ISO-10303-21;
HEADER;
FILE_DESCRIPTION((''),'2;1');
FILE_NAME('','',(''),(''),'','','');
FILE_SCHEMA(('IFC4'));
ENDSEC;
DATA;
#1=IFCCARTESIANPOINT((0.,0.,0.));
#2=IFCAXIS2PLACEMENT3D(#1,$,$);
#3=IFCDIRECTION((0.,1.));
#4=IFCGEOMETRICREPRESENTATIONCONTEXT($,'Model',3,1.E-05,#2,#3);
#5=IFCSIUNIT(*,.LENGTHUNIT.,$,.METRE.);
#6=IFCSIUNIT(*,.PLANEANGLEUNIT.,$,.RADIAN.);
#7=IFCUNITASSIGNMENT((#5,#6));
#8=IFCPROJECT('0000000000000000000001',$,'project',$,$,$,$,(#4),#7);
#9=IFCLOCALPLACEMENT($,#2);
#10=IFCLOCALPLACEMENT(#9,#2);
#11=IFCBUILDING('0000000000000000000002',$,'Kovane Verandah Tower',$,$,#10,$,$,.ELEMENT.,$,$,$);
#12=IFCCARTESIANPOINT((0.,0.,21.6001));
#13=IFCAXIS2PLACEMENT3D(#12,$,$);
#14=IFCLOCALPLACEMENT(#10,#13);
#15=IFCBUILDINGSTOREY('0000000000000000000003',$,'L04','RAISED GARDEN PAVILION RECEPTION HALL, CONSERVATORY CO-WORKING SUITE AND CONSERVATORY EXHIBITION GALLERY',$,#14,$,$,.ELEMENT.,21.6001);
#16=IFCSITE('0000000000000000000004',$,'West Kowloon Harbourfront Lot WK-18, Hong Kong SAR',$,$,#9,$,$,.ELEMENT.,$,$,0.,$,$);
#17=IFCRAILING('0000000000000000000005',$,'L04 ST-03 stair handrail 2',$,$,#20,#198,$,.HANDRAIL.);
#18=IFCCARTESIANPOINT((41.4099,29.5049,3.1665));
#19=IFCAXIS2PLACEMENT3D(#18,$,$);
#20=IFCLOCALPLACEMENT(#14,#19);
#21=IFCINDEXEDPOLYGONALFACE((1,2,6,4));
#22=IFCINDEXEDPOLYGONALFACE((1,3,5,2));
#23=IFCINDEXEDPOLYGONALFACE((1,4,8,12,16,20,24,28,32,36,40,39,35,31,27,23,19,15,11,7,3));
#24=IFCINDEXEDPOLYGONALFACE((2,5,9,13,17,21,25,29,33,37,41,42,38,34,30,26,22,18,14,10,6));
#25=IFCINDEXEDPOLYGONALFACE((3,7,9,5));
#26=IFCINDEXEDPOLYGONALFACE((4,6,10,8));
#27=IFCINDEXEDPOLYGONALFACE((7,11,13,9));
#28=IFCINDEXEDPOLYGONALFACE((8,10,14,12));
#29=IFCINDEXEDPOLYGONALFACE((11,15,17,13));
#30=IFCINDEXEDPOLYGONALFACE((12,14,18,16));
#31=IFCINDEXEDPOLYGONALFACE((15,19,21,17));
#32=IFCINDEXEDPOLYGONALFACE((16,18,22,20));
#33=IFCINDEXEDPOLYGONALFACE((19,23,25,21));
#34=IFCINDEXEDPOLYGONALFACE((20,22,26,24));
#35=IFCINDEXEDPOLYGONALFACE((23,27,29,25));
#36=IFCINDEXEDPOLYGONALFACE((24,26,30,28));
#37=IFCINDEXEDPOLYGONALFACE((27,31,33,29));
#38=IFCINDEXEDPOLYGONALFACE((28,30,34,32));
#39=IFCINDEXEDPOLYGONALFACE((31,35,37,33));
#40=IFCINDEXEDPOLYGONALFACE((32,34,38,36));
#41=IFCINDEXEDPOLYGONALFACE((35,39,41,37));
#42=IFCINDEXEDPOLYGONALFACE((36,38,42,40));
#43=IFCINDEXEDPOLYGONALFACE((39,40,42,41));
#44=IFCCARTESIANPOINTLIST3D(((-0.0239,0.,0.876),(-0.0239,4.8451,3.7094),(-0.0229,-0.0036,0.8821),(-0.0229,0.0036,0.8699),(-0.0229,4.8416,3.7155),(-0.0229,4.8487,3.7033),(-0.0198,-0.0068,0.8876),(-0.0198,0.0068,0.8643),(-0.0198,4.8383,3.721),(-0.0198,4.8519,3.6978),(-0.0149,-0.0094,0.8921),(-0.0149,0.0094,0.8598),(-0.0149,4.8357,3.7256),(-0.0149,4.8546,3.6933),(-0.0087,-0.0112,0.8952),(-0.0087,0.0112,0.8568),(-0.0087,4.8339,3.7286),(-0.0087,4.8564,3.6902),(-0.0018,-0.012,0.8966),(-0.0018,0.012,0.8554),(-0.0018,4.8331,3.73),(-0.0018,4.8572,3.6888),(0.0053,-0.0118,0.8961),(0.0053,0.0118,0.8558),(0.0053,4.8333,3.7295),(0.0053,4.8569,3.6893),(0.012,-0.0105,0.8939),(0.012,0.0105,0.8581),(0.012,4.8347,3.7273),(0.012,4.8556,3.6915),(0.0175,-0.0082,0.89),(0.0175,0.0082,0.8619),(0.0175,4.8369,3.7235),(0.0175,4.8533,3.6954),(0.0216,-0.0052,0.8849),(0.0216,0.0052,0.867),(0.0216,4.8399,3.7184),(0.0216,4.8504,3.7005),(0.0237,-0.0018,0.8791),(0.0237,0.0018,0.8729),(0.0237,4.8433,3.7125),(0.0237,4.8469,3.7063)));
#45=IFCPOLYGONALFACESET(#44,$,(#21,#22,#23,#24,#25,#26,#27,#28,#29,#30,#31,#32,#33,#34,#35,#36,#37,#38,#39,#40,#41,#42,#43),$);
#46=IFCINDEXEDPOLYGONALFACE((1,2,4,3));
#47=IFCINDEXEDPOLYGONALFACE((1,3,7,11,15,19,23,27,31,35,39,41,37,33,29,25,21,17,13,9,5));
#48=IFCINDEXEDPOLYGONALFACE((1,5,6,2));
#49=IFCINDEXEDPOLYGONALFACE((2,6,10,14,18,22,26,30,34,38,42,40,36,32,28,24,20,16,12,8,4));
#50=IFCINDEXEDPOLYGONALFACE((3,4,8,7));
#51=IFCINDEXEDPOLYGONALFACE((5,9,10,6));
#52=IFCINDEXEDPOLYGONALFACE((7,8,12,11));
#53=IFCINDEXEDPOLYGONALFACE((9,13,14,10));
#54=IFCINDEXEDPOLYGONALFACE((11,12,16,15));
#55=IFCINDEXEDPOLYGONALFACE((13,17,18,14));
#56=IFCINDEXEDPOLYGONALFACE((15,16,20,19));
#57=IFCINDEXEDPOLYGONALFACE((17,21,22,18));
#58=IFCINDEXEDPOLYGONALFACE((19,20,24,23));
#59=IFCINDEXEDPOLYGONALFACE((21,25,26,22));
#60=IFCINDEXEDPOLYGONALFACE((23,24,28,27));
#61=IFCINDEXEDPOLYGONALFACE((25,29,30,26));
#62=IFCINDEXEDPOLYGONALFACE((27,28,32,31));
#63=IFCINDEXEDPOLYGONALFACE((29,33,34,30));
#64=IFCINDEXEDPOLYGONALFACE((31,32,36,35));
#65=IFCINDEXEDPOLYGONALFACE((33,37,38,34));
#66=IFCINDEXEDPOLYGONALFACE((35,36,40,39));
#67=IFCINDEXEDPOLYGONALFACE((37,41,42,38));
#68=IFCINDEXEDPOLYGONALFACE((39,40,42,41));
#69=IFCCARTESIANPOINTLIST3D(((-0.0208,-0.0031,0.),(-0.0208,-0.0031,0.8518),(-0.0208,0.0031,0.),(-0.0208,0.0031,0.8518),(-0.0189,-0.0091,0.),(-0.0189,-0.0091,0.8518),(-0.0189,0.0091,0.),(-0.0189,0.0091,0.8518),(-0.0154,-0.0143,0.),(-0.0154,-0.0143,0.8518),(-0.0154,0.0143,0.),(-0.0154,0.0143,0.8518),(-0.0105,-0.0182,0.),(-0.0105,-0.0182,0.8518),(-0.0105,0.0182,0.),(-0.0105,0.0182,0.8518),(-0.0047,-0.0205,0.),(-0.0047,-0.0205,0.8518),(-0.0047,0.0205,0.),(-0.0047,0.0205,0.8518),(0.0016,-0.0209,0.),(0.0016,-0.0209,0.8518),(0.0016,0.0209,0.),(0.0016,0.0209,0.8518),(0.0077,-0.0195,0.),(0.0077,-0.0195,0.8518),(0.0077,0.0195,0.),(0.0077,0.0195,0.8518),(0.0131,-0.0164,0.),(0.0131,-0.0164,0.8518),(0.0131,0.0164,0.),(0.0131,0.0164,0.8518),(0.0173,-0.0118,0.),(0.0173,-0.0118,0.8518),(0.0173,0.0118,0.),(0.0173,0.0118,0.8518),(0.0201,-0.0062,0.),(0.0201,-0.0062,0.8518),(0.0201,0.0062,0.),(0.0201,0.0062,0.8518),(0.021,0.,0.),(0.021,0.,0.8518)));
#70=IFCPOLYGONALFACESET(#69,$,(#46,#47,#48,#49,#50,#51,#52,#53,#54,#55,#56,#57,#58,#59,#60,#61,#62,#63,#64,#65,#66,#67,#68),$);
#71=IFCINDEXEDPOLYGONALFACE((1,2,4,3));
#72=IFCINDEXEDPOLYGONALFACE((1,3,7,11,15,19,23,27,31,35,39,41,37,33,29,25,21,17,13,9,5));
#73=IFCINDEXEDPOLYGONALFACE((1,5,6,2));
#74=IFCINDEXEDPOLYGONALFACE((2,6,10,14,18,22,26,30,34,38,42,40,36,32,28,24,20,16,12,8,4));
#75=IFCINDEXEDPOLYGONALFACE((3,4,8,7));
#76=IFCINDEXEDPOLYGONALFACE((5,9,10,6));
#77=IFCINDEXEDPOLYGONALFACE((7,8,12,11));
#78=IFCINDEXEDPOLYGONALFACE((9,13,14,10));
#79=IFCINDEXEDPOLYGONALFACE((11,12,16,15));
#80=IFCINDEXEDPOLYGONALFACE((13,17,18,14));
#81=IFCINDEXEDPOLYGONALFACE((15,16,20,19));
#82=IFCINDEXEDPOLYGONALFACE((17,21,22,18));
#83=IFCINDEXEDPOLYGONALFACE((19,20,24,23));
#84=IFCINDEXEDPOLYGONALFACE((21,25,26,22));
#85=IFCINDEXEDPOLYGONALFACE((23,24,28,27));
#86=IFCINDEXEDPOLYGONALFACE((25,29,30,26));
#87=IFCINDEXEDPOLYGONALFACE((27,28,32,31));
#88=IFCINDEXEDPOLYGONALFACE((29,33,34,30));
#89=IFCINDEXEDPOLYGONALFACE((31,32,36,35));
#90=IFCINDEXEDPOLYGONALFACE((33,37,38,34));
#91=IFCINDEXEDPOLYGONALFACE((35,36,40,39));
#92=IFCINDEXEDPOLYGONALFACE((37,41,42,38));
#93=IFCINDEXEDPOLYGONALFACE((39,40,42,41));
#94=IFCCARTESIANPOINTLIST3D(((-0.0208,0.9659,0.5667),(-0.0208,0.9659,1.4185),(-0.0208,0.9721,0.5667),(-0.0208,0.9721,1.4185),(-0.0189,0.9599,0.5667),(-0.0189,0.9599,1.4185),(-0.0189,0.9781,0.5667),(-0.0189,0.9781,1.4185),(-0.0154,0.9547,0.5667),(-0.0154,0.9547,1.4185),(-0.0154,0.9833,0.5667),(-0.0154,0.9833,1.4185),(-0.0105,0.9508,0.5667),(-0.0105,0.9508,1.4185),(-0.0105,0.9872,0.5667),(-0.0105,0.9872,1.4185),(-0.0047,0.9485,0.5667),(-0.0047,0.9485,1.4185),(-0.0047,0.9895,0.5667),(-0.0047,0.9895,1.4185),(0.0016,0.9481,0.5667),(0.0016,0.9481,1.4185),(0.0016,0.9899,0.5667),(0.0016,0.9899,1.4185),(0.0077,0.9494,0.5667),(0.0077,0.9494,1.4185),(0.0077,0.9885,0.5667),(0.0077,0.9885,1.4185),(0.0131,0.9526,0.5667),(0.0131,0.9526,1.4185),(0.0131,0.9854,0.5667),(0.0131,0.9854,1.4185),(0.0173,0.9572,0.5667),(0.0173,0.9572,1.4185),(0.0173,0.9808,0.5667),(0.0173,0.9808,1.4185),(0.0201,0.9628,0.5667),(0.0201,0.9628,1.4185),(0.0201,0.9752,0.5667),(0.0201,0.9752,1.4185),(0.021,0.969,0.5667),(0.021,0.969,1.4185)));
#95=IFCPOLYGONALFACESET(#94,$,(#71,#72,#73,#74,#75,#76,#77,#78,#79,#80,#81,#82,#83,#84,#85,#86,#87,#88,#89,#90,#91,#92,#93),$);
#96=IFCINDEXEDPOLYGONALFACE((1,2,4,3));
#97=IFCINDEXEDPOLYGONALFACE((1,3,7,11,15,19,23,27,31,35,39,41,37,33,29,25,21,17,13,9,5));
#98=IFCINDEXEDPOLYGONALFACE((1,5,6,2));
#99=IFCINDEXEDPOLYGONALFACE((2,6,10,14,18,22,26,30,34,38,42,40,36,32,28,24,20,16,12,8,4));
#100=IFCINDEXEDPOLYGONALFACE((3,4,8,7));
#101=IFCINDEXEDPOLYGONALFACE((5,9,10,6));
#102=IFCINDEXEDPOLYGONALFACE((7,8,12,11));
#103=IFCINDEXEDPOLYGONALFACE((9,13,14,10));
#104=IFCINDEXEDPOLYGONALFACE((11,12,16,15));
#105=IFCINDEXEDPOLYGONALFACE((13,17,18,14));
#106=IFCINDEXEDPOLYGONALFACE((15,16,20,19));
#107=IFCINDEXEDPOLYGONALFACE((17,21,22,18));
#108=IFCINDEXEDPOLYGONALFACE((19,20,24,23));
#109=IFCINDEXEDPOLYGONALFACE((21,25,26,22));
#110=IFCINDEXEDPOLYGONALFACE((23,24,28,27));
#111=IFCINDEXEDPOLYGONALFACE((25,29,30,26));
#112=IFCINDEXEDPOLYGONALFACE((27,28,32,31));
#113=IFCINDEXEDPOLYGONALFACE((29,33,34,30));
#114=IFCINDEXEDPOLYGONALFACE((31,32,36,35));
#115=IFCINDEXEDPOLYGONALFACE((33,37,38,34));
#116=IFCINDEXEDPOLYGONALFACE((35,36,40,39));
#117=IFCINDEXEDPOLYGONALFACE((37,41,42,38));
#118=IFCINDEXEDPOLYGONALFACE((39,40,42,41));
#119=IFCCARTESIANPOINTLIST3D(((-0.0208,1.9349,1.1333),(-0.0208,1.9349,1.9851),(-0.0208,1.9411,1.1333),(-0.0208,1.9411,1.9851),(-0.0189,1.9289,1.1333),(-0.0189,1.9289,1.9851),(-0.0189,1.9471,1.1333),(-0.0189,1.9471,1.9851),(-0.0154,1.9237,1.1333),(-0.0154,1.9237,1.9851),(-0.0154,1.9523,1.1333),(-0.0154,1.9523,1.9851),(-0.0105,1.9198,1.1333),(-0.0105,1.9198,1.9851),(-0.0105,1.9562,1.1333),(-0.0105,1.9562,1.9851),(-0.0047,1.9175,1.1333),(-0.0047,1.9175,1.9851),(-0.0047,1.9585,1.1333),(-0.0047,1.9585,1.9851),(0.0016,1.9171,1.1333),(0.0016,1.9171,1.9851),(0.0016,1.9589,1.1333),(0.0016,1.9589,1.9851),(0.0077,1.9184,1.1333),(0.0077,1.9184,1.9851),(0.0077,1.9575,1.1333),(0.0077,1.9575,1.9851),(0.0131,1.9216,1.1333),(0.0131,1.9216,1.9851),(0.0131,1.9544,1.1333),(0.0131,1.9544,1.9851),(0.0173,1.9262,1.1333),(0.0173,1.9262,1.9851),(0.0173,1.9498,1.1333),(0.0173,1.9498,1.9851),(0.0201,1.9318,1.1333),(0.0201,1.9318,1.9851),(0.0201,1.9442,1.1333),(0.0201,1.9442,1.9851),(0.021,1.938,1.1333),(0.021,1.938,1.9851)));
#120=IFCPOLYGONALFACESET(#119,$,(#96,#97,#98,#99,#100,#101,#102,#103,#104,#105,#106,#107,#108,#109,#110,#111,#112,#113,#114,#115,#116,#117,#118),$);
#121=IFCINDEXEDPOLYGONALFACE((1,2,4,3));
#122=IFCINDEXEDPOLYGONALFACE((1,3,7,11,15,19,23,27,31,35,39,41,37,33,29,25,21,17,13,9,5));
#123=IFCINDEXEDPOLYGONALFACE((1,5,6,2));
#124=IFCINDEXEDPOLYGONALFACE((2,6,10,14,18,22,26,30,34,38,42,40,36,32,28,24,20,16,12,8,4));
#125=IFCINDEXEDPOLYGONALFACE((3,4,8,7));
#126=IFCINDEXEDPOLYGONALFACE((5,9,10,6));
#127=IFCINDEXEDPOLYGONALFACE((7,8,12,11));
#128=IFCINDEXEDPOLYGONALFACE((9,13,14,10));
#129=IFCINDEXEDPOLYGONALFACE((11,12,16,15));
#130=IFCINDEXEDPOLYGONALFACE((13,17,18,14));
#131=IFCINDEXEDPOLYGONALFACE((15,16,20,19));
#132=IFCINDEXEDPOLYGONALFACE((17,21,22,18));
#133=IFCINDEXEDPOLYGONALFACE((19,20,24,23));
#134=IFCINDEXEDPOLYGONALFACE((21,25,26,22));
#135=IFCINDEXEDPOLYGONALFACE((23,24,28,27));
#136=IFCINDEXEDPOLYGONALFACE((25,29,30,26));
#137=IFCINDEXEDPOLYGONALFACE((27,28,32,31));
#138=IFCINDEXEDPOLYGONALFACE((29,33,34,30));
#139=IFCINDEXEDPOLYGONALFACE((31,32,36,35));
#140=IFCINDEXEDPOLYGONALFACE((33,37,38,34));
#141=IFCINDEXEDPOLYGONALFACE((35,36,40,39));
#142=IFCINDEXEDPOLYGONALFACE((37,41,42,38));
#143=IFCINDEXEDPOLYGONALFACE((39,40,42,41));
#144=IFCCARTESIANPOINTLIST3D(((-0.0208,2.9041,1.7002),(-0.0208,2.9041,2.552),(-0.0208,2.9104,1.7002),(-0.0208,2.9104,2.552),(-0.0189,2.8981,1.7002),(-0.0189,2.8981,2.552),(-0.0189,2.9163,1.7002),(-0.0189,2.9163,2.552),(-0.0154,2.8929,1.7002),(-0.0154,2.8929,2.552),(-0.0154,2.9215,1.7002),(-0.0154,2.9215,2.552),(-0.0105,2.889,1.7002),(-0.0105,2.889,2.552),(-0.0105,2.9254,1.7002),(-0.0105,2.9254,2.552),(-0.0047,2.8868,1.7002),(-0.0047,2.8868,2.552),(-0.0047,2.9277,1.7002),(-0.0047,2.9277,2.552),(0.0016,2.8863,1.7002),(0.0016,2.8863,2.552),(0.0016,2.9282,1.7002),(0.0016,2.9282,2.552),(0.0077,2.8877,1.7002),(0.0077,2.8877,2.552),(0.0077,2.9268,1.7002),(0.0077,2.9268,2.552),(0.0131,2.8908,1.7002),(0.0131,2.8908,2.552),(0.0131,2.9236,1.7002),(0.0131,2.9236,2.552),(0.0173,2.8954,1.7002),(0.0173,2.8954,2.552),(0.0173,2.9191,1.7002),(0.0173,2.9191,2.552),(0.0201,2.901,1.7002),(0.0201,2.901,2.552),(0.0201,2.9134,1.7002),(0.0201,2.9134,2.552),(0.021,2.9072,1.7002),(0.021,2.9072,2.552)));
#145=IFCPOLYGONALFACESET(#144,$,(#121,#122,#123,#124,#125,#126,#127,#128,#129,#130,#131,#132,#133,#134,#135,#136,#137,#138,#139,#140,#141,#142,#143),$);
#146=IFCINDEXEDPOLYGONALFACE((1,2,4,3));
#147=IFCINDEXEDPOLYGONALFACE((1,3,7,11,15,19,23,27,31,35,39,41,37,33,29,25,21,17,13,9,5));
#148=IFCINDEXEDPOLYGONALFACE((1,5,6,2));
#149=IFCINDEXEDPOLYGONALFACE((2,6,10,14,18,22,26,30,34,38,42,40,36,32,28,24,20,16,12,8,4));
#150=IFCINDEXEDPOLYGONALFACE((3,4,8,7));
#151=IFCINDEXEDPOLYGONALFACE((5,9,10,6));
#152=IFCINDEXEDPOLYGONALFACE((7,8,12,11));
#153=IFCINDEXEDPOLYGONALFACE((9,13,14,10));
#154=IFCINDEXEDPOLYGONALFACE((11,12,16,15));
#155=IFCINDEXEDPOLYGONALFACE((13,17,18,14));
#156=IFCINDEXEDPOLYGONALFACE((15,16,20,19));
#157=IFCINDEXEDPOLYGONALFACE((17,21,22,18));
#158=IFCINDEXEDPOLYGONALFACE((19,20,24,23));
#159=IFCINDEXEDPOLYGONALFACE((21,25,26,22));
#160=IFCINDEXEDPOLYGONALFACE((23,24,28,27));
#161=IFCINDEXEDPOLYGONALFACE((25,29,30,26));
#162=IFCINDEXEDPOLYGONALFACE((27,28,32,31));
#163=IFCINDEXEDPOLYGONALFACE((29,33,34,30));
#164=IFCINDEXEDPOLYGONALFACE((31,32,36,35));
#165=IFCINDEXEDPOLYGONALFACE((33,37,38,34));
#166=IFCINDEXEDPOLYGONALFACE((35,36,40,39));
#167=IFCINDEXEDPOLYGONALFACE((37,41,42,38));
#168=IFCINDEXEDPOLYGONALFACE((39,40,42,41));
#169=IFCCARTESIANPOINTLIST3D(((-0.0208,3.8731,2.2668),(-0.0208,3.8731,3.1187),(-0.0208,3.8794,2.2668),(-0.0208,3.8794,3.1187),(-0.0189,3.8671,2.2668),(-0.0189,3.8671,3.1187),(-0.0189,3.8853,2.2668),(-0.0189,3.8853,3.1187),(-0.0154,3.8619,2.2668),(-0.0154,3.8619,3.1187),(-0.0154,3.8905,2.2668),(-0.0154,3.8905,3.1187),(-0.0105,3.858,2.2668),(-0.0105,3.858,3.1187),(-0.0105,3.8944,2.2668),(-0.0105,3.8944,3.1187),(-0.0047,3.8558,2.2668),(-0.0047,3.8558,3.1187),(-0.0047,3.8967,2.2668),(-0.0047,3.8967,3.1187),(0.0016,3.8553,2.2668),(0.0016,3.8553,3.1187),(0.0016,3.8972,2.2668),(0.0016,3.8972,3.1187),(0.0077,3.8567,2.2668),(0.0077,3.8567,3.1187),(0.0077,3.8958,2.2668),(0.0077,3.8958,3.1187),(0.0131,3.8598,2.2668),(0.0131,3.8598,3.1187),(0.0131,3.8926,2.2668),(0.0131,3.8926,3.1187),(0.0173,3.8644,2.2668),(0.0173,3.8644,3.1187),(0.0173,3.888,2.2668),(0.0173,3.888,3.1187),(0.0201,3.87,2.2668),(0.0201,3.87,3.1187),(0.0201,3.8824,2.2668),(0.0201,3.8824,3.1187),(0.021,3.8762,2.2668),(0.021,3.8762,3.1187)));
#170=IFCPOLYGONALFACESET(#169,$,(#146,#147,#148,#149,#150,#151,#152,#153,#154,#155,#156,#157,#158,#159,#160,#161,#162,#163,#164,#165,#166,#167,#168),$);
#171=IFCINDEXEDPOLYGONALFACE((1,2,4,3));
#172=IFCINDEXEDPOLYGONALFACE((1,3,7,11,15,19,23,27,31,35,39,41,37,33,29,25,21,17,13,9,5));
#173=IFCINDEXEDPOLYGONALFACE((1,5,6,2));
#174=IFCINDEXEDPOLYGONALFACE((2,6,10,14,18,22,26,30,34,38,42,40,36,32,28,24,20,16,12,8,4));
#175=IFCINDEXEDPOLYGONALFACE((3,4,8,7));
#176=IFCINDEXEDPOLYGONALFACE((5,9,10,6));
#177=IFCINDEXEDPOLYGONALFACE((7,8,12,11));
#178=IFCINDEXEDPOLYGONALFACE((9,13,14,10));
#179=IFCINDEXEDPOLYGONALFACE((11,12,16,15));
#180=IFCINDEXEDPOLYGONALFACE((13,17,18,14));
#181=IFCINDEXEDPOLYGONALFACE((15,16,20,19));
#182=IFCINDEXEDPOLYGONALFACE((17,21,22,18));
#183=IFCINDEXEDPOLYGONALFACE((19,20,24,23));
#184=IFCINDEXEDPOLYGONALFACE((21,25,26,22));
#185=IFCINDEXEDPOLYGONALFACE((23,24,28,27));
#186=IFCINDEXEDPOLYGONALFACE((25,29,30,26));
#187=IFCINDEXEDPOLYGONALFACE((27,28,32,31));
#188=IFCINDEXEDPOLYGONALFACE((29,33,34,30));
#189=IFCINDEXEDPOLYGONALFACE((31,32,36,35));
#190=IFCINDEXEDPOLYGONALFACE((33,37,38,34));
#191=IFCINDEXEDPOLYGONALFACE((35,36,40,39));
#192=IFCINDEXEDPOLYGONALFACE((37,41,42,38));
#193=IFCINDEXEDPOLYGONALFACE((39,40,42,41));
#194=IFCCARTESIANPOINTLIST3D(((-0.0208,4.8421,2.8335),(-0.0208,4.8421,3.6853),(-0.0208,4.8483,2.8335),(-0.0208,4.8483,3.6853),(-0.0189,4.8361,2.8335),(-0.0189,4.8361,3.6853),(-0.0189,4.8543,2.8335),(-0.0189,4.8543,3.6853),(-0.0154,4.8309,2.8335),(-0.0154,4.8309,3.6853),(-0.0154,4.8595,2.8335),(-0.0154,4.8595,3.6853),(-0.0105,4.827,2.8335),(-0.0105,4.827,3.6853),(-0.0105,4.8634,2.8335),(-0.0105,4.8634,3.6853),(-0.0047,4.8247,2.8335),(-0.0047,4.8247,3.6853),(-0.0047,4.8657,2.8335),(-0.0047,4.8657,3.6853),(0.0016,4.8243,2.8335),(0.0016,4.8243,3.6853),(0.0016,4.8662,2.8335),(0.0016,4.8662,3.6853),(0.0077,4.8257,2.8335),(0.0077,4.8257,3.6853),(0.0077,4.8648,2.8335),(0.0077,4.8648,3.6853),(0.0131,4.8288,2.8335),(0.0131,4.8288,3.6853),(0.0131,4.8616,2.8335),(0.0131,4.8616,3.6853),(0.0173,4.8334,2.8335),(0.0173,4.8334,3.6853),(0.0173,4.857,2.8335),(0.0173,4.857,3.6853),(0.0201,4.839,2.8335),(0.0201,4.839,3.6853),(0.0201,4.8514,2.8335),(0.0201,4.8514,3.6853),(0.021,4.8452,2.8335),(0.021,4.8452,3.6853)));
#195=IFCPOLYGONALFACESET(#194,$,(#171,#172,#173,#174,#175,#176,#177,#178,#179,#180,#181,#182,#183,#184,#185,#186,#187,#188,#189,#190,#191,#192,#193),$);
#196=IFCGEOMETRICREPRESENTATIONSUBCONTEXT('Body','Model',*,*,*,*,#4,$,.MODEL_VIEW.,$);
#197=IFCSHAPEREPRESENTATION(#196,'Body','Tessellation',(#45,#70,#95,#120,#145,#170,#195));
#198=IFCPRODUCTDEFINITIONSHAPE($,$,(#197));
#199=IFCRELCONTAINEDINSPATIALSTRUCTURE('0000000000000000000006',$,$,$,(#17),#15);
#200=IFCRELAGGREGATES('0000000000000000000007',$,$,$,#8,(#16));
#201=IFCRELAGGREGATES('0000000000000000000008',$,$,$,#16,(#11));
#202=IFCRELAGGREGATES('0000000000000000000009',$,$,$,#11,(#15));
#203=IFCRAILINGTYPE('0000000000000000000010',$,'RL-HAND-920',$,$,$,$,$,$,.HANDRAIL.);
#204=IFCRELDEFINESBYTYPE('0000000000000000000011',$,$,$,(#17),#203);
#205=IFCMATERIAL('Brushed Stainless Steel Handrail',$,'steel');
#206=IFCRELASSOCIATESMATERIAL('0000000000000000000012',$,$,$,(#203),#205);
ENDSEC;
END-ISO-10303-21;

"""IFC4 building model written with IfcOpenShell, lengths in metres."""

from ifc_helpers import new_model, si_unit, direction, frame, origin, origin_2d, place, context, subcontext, project, spatial, circle, extrude, material, type_object, element, save


model = new_model("IFC4")

# Units and contexts
model_context = context("Model", 3, precision=1e-05, world=origin(), true_north=direction((0.0, 1.0)))
body_context = subcontext(model_context, "Body", "Model", "MODEL_VIEW")
ifc_project = project(units=[si_unit("LENGTHUNIT", "METRE"), si_unit("PLANEANGLEUNIT", "RADIAN")], contexts=[model_context])

# Site, building, storey
site_placement = place(None, origin())
site = spatial("IfcSite", under=ifc_project, at=site_placement, Name="West Kowloon Harbourfront Lot WK-18, Hong Kong SAR", CompositionType="ELEMENT", RefElevation=0.0)
building_placement = place(site_placement, origin())
building = spatial("IfcBuilding", under=site, at=building_placement, Name="Kovane Verandah Tower", CompositionType="ELEMENT")
storey_placement = place(building_placement, frame((0.0, 0.0, 21.6001)))
storey = spatial("IfcBuildingStorey", under=building, at=storey_placement, Name="L04", Description="RAISED GARDEN PAVILION RECEPTION HALL, CONSERVATORY CO-WORKING SUITE AND CONSERVATORY EXHIBITION GALLERY", CompositionType="ELEMENT", Elevation=21.6001)

# Railing
ifc_material_1 = material(Name="Brushed Stainless Steel Handrail", Category="steel")
railing_type_1 = type_object("IfcRailingType", Name="RL-HAND-920", PredefinedType="HANDRAIL", material=ifc_material_1)
railing_1_placement = place(storey_placement, frame((41.4099, 29.5049, 3.1665)))
element("IfcRailing", 1, at=railing_1_placement, inside=storey, type_object=railing_type_1, Name="L04 ST-03 stair handrail 2", PredefinedType="HANDRAIL", context=body_context, shape_type="SweptSolid", body=[
    extrude(circle(Radius=0.0239, at=origin_2d()), frame((0.0, 0.0, 0.876), z_axis=(0.0, 0.863226, 0.504817), x_axis=(-1.0, 0.0, 0.0)), (0.0, 0.0, 1.0), 5.6128),
    extrude(circle(Radius=0.021, at=origin_2d()), origin(), (0.0, 0.0, 1.0), 0.8518),
    extrude(circle(Radius=0.021, at=origin_2d()), frame((0.0, 0.969, 0.5667)), (0.0, 0.0, 1.0), 0.8518),
    extrude(circle(Radius=0.021, at=origin_2d()), frame((0.0, 1.938, 1.1333)), (0.0, 0.0, 1.0), 0.8518),
    extrude(circle(Radius=0.021, at=origin_2d()), frame((0.0, 2.9072, 1.7002)), (0.0, 0.0, 1.0), 0.8518),
    extrude(circle(Radius=0.021, at=origin_2d()), frame((0.0, 3.8762, 2.2668)), (0.0, 0.0, 1.0), 0.8518),
    extrude(circle(Radius=0.021, at=origin_2d()), frame((0.0, 4.8452, 2.8335)), (0.0, 0.0, 1.0), 0.8518),
])

save(model, "model.ifc")
